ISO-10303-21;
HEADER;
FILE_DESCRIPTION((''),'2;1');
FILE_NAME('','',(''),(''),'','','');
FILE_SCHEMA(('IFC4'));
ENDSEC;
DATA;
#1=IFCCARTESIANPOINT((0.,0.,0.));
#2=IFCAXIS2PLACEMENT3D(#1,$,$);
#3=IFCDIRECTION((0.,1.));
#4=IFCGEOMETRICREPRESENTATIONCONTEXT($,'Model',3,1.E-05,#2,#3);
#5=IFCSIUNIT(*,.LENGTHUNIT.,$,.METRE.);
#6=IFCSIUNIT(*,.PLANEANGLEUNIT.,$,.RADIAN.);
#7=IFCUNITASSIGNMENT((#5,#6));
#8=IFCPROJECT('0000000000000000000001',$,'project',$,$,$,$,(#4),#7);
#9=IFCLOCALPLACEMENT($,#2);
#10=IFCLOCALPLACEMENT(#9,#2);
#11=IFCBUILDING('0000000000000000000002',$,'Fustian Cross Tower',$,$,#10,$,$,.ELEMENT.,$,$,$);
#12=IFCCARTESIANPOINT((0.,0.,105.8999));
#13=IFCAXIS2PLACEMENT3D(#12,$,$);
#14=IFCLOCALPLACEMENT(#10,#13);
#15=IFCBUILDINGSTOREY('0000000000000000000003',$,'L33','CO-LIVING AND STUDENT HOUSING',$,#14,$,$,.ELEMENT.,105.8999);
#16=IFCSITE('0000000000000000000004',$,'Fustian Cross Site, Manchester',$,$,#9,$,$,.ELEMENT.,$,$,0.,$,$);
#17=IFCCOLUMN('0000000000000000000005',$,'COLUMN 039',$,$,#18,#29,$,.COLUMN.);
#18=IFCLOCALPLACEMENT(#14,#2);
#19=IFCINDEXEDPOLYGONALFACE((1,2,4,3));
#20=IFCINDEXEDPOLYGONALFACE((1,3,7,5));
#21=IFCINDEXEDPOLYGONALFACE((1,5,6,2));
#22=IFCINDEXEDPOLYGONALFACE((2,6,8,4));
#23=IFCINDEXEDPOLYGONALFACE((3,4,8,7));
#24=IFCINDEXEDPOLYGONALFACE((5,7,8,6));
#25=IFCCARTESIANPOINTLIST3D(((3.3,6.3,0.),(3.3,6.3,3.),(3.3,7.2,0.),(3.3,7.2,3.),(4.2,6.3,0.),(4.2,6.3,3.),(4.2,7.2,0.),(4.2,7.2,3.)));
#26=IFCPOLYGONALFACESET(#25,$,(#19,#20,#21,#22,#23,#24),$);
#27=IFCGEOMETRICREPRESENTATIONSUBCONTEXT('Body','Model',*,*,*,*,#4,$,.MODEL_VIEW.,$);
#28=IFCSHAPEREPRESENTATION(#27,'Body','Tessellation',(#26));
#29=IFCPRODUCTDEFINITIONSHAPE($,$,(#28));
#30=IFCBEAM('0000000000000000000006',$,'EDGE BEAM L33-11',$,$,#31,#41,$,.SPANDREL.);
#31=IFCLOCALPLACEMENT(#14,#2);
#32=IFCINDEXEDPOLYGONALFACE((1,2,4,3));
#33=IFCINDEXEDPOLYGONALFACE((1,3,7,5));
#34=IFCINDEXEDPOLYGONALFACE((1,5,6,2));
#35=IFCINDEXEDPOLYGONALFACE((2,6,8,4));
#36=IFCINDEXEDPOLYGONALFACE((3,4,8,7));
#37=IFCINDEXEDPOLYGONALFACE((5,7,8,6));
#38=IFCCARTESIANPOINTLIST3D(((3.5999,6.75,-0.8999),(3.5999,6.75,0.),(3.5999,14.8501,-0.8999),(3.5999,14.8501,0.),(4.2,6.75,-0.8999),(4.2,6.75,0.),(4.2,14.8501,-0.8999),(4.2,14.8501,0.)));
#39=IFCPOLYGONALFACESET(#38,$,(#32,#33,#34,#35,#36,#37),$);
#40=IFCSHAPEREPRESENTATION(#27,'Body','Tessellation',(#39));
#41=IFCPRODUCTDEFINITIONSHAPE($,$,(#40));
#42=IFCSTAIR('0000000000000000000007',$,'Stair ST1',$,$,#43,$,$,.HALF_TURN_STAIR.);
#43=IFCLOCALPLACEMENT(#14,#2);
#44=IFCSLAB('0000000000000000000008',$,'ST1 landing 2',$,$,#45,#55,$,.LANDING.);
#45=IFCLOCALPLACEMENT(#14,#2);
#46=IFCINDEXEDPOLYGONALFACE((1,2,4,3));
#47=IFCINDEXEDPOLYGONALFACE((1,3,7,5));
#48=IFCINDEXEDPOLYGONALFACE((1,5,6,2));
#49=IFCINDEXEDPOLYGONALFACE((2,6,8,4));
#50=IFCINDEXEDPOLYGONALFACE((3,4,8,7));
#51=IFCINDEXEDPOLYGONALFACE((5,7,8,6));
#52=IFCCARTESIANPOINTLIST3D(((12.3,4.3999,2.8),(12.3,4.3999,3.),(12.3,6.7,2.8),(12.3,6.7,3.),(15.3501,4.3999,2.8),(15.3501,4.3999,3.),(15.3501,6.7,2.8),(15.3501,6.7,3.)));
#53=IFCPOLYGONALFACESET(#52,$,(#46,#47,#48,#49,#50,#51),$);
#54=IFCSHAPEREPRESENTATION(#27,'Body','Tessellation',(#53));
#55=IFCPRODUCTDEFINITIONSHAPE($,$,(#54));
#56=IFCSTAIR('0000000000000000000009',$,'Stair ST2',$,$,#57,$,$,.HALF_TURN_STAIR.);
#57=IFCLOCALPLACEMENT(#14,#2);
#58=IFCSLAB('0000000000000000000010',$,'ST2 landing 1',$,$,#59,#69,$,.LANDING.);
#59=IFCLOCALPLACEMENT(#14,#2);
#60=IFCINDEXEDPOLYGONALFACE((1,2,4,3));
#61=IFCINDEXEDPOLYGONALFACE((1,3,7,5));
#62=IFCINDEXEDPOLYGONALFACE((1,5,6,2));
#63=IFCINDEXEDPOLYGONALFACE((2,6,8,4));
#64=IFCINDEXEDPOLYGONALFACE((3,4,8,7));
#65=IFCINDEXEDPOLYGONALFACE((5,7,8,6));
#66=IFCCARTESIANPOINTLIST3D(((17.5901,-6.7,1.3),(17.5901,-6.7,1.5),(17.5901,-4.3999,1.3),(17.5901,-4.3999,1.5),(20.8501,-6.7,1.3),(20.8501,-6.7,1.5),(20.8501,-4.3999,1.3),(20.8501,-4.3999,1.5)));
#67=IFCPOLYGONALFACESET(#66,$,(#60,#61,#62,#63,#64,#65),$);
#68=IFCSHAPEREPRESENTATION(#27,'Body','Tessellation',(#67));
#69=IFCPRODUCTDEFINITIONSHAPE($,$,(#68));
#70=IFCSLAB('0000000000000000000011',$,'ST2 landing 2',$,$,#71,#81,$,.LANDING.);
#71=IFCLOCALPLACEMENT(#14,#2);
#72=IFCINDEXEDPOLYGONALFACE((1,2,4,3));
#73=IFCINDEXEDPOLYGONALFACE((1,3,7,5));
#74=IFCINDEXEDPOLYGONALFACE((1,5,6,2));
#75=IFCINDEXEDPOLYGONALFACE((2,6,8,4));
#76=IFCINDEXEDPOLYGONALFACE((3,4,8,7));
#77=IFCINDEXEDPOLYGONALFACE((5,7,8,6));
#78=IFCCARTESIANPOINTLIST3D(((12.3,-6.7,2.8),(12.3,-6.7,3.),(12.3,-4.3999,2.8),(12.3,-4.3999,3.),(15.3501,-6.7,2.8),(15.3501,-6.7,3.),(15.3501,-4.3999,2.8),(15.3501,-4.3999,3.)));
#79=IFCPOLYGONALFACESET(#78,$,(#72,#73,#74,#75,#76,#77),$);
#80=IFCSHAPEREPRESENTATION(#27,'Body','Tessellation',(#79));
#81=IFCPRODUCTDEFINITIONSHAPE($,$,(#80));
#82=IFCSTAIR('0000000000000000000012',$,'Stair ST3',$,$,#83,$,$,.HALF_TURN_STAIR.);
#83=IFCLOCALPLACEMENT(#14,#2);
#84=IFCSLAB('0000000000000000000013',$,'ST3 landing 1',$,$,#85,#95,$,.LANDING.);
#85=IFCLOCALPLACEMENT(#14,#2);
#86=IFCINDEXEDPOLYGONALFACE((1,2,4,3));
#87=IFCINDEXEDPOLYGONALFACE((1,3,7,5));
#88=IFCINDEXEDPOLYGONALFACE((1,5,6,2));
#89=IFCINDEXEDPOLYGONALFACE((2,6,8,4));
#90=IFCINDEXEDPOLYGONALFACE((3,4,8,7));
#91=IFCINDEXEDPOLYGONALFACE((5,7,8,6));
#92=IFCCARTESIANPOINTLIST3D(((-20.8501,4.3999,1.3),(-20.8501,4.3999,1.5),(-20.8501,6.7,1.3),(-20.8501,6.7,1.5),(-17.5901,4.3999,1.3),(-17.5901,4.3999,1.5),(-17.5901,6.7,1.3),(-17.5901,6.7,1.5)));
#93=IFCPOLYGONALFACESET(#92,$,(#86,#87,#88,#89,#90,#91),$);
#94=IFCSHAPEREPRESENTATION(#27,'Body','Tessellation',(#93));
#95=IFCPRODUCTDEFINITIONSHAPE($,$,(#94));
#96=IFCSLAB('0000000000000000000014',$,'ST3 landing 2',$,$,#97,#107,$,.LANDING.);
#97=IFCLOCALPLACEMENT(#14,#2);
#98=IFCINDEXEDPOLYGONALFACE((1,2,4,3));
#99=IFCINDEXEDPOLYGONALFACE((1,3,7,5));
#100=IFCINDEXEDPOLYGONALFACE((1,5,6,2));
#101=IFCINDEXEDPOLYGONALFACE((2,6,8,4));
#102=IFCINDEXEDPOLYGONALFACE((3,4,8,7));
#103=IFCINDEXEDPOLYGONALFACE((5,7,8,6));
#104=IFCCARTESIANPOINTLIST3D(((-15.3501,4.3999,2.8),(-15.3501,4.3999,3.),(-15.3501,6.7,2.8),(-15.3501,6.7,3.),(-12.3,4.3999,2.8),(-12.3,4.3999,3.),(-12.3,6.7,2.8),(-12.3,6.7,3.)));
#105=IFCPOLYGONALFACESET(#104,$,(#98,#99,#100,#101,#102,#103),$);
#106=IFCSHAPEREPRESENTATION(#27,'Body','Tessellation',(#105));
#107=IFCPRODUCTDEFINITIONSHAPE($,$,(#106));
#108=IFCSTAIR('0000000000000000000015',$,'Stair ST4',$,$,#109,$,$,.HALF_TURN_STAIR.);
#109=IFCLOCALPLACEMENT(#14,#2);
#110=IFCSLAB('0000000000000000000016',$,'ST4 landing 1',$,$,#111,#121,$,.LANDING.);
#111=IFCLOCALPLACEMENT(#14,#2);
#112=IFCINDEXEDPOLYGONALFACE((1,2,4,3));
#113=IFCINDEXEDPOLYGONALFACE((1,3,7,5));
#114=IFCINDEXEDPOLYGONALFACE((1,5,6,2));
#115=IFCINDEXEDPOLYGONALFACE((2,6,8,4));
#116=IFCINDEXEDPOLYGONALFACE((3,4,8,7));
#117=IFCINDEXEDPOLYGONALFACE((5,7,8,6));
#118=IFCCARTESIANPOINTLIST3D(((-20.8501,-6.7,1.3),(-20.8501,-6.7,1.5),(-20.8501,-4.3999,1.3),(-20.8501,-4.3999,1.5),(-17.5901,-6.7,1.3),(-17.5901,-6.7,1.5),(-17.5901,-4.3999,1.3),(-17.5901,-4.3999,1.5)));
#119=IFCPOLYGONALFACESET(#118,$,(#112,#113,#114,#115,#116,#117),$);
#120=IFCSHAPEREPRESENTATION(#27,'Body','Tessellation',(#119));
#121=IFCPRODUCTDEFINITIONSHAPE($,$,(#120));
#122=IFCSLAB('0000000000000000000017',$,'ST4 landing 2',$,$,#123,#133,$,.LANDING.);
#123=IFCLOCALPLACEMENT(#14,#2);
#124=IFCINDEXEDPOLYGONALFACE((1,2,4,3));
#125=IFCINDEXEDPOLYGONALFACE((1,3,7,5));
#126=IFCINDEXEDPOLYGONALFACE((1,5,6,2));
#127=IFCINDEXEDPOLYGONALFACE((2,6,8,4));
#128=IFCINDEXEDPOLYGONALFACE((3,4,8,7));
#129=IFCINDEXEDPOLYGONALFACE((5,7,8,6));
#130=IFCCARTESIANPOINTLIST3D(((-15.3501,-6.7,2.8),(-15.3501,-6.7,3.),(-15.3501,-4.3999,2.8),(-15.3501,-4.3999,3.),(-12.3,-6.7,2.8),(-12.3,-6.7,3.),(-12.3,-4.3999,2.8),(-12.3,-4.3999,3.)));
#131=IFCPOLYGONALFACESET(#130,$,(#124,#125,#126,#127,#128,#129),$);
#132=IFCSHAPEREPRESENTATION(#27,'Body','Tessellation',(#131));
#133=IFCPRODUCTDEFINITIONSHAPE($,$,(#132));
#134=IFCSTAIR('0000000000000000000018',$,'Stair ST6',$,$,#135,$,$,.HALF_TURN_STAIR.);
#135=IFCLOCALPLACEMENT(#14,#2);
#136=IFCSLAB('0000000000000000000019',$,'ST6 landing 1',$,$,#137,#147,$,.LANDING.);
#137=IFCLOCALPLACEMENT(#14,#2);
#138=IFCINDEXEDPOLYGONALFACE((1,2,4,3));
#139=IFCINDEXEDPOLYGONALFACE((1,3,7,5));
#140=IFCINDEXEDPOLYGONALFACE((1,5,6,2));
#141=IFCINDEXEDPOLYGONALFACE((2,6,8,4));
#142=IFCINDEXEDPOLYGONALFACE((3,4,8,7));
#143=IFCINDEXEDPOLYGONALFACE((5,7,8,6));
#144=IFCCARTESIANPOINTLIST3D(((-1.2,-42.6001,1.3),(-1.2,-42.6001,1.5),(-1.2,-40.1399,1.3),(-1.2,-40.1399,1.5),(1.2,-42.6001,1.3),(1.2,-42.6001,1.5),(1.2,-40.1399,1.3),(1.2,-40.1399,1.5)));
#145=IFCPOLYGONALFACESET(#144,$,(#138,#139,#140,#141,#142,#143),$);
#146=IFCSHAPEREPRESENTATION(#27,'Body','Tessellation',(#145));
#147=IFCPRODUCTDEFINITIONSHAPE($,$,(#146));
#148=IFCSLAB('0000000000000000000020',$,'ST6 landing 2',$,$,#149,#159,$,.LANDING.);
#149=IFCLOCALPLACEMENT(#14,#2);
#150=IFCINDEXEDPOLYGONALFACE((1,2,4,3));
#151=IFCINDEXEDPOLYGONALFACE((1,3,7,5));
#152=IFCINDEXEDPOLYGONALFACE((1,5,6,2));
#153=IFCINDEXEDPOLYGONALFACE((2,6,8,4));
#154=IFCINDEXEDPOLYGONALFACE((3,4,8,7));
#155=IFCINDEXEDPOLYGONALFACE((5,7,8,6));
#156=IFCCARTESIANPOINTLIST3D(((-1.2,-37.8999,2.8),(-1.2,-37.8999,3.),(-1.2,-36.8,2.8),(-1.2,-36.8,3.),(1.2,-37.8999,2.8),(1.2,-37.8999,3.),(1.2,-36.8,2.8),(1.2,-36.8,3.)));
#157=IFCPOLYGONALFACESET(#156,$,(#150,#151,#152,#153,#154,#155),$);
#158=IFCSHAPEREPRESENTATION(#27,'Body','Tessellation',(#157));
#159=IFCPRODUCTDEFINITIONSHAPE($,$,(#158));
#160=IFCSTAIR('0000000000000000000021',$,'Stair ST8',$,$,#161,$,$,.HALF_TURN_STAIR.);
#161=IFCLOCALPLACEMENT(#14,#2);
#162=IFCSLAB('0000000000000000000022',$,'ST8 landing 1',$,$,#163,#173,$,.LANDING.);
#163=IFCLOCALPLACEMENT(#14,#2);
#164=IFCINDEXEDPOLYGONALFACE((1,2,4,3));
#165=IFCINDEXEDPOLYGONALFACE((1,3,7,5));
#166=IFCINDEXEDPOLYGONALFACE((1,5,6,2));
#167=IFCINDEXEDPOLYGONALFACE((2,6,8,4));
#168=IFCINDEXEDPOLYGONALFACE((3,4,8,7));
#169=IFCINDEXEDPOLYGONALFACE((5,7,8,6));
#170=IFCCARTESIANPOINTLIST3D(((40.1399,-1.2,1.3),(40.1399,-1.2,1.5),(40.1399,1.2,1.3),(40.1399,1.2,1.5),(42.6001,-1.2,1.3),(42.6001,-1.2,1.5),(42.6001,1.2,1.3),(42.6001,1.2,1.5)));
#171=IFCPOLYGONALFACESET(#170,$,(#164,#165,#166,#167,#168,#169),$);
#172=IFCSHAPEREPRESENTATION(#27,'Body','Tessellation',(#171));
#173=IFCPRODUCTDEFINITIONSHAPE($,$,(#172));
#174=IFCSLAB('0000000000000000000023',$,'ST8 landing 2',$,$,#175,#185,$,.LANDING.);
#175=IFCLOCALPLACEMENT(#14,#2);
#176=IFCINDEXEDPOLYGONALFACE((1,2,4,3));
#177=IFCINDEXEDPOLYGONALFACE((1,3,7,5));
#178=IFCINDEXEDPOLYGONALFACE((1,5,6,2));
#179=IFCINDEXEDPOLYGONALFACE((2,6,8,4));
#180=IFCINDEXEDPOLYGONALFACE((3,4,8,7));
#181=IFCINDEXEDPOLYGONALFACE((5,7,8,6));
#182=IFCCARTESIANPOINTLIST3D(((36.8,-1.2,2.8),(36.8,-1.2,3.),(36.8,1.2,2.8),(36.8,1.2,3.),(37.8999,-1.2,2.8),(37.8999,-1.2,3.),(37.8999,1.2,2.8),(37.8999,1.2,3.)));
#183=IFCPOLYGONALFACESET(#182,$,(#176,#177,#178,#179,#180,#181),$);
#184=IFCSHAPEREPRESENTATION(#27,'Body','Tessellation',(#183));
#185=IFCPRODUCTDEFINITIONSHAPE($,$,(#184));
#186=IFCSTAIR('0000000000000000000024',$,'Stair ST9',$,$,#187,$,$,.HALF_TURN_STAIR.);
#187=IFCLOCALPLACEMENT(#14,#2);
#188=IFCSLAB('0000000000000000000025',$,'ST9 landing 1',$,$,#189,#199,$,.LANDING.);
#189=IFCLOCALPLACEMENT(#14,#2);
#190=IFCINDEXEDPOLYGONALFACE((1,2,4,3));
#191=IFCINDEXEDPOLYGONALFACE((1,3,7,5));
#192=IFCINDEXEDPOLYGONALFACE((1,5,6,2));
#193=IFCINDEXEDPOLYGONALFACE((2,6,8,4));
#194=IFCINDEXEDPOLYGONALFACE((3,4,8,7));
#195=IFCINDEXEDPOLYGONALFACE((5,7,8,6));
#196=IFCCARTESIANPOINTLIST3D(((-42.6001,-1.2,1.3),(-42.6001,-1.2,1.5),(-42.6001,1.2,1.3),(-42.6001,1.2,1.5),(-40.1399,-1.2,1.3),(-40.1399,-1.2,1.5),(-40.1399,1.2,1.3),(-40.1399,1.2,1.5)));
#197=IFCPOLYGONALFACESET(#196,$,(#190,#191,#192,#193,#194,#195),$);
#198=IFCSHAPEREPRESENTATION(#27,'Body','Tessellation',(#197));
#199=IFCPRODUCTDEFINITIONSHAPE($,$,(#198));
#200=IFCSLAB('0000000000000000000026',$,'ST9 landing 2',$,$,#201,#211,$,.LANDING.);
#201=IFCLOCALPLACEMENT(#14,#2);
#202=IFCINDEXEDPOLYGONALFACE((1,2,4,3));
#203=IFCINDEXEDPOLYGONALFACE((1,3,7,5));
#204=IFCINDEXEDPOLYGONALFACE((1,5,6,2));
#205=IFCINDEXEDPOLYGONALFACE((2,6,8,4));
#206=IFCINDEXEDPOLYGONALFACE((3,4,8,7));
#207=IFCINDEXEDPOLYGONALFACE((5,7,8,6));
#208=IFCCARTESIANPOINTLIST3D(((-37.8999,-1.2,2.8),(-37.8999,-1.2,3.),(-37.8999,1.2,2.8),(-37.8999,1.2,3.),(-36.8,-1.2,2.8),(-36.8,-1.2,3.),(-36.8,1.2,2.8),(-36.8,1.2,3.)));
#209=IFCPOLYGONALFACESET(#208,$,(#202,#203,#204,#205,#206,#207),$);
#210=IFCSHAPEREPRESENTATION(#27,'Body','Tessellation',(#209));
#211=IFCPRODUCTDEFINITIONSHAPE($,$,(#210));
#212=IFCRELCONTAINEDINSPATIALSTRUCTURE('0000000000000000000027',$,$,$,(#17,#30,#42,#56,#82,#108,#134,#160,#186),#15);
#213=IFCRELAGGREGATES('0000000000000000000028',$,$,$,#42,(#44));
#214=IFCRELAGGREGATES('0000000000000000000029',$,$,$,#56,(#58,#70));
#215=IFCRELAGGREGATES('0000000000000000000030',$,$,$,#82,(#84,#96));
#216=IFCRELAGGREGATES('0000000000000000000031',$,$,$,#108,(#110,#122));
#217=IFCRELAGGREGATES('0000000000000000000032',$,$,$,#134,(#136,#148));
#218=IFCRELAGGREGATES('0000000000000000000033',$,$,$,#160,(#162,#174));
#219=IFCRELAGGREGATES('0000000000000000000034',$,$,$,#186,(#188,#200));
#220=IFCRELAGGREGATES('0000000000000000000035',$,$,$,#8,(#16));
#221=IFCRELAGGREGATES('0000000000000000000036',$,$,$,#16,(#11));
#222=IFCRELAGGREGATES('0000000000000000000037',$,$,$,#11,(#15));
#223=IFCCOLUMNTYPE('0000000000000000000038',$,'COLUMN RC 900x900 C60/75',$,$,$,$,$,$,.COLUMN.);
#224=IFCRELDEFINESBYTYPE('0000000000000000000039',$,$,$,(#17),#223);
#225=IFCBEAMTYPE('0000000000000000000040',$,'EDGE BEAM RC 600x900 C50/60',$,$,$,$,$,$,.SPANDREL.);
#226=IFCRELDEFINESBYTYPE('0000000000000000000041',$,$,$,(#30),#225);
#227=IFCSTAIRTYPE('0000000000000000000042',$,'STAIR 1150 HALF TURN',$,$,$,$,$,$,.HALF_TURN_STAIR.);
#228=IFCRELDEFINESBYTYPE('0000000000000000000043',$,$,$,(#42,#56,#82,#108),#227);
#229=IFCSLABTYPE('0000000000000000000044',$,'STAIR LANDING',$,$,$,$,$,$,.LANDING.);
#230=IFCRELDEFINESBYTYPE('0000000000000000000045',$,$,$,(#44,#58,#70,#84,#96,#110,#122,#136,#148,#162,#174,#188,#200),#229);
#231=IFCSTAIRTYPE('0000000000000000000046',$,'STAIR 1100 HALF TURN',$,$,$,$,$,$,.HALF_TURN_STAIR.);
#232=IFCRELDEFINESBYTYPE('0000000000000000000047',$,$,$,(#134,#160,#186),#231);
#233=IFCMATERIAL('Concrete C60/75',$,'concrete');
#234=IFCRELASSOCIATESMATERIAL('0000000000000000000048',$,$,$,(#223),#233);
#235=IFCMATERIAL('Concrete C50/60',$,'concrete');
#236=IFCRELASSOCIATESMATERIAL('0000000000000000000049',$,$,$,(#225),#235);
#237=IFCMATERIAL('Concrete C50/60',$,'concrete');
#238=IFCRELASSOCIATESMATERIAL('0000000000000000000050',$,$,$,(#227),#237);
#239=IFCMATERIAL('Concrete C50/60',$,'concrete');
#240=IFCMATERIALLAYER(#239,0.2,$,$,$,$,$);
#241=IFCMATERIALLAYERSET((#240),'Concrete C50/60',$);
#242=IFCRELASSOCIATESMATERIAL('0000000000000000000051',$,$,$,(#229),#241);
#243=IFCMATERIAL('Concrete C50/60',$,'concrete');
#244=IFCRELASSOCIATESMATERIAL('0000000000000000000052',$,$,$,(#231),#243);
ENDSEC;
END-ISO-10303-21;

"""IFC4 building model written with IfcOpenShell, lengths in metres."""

from ifc_helpers import new_model, si_unit, direction, frame, origin, origin_2d, place, context, subcontext, project, spatial, polyline, rectangle, outline, extrude, material, layer, layer_set, material_profile, profile_set, type_object, element, aggregate, save


model = new_model("IFC4")

# Units and contexts
model_context = context("Model", 3, precision=1e-05, world=origin(), true_north=direction((0.0, 1.0)))
body_context = subcontext(model_context, "Body", "Model", "MODEL_VIEW")
ifc_project = project(units=[si_unit("LENGTHUNIT", "METRE"), si_unit("PLANEANGLEUNIT", "RADIAN")], contexts=[model_context])

# Site, building, storey
site_placement = place(None, origin())
site = spatial("IfcSite", under=ifc_project, at=site_placement, Name="Fustian Cross Site, Manchester", CompositionType="ELEMENT", RefElevation=0.0)
building_placement = place(site_placement, origin())
building = spatial("IfcBuilding", under=site, at=building_placement, Name="Fustian Cross Tower", CompositionType="ELEMENT")
storey_placement = place(building_placement, frame((0.0, 0.0, 105.8999)))
storey = spatial("IfcBuildingStorey", under=building, at=storey_placement, Name="L33", Description="CO-LIVING AND STUDENT HOUSING", CompositionType="ELEMENT", Elevation=105.8999)

# Column
ifc_material_1 = material(Name="Concrete C60/75", Category="concrete")
ifc_material_profile_1 = material_profile(ifc_material_1, rectangle(XDim=0.8999, YDim=0.8999, at=origin_2d()), Name="RC 900x900")
ifc_profile_set_1 = profile_set([ifc_material_profile_1], Name="Concrete C60/75")
column_type = type_object("IfcColumnType", Name="COLUMN RC 900x900 C60/75", PredefinedType="COLUMN", material=ifc_profile_set_1)
column_placement = place(storey_placement, frame((3.75, 6.75, 0.0), z_axis=(0.0, 0.0, 1.0), x_axis=(1.0, 0.0, 0.0)))
element("IfcColumn", 1, at=column_placement, inside=storey, type_object=column_type, Name="COLUMN 039", PredefinedType="COLUMN", context=body_context, shape_type="SweptSolid", body=[
    extrude(rectangle(XDim=0.8999, YDim=0.8999, at=origin_2d()), origin(), (0.0, 0.0, 1.0), 3.0),
])

# Beam
ifc_material_2 = material(Name="Concrete C50/60", Category="concrete")
ifc_material_profile_2 = material_profile(ifc_material_2, rectangle(XDim=0.6001, YDim=0.8999, at=origin_2d()), Name="RC 600x900")
ifc_profile_set_2 = profile_set([ifc_material_profile_2], Name="Concrete C50/60")
beam_type = type_object("IfcBeamType", Name="EDGE BEAM RC 600x900 C50/60", PredefinedType="SPANDREL", material=ifc_profile_set_2)
beam_placement = place(storey_placement, frame((3.8999, 6.75, -0.45), z_axis=(0.0, 1.0, 0.0), x_axis=(-1.0, 0.0, 0.0)))
element("IfcBeam", 2, at=beam_placement, inside=storey, type_object=beam_type, Name="EDGE BEAM L33-11", PredefinedType="SPANDREL", context=body_context, shape_type="SweptSolid", body=[
    extrude(rectangle(XDim=0.6001, YDim=0.8999, at=origin_2d()), origin(), (0.0, 0.0, 1.0), 8.1001),
])

# Stair, slab
ifc_material_3 = material(Name="Concrete C50/60", Category="concrete")
stair_type_1 = type_object("IfcStairType", Name="STAIR 1150 HALF TURN", PredefinedType="HALF_TURN_STAIR", material=ifc_material_3)
stair_1_placement = place(storey_placement, origin())
stair_1 = element("IfcStair", 3, at=stair_1_placement, inside=storey, type_object=stair_type_1, Name="Stair ST1", PredefinedType="HALF_TURN_STAIR")
ifc_material_4 = material(Name="Concrete C50/60", Category="concrete")
ifc_layer_1 = layer(ifc_material_4, 0.2)
ifc_layer_set_1 = layer_set([ifc_layer_1], Name="Concrete C50/60")
slab_type = type_object("IfcSlabType", Name="STAIR LANDING", PredefinedType="LANDING", material=ifc_layer_set_1)
slab_1_placement = place(storey_placement, frame((0.0, 0.0, 2.8)))
slab_1 = element("IfcSlab", 4, at=slab_1_placement, type_object=slab_type, Name="ST1 landing 2", PredefinedType="LANDING", context=body_context, shape_type="SweptSolid", body=[
    extrude(outline(polyline([(12.3, 4.3999), (15.3501, 4.3999), (15.3501, 6.7), (12.3, 6.7), (12.3, 4.3999)])), origin(), (0.0, 0.0, 1.0), 0.2),
])
aggregate(stair_1, [slab_1])

# Stairs, slabs
stair_2_placement = place(storey_placement, origin())
stair_2 = element("IfcStair", 5, at=stair_2_placement, inside=storey, type_object=stair_type_1, Name="Stair ST2", PredefinedType="HALF_TURN_STAIR")
slab_2_placement = place(storey_placement, frame((0.0, 0.0, 1.3)))
slab_2 = element("IfcSlab", 6, at=slab_2_placement, type_object=slab_type, Name="ST2 landing 1", PredefinedType="LANDING", context=body_context, shape_type="SweptSolid", body=[
    extrude(outline(polyline([(17.5901, -4.3999), (20.8501, -4.3999), (20.8501, -6.7), (17.5901, -6.7), (17.5901, -4.3999)])), origin(), (0.0, 0.0, 1.0), 0.2),
])
slab_3_placement = place(storey_placement, frame((0.0, 0.0, 2.8)))
slab_3 = element("IfcSlab", 7, at=slab_3_placement, type_object=slab_type, Name="ST2 landing 2", PredefinedType="LANDING", context=body_context, shape_type="SweptSolid", body=[
    extrude(outline(polyline([(12.3, -4.3999), (15.3501, -4.3999), (15.3501, -6.7), (12.3, -6.7), (12.3, -4.3999)])), origin(), (0.0, 0.0, 1.0), 0.2),
])
aggregate(stair_2, [slab_2, slab_3])
stair_3_placement = place(storey_placement, origin())
stair_3 = element("IfcStair", 8, at=stair_3_placement, inside=storey, type_object=stair_type_1, Name="Stair ST3", PredefinedType="HALF_TURN_STAIR")
slab_4_placement = place(storey_placement, frame((0.0, 0.0, 1.3)))
slab_4 = element("IfcSlab", 9, at=slab_4_placement, type_object=slab_type, Name="ST3 landing 1", PredefinedType="LANDING", context=body_context, shape_type="SweptSolid", body=[
    extrude(outline(polyline([(-17.5901, 4.3999), (-20.8501, 4.3999), (-20.8501, 6.7), (-17.5901, 6.7), (-17.5901, 4.3999)])), origin(), (0.0, 0.0, 1.0), 0.2),
])
slab_5_placement = place(storey_placement, frame((0.0, 0.0, 2.8)))
slab_5 = element("IfcSlab", 10, at=slab_5_placement, type_object=slab_type, Name="ST3 landing 2", PredefinedType="LANDING", context=body_context, shape_type="SweptSolid", body=[
    extrude(outline(polyline([(-12.3, 4.3999), (-15.3501, 4.3999), (-15.3501, 6.7), (-12.3, 6.7), (-12.3, 4.3999)])), origin(), (0.0, 0.0, 1.0), 0.2),
])
aggregate(stair_3, [slab_4, slab_5])
stair_4_placement = place(storey_placement, origin())
stair_4 = element("IfcStair", 11, at=stair_4_placement, inside=storey, type_object=stair_type_1, Name="Stair ST4", PredefinedType="HALF_TURN_STAIR")
slab_6_placement = place(storey_placement, frame((0.0, 0.0, 1.3)))
slab_6 = element("IfcSlab", 12, at=slab_6_placement, type_object=slab_type, Name="ST4 landing 1", PredefinedType="LANDING", context=body_context, shape_type="SweptSolid", body=[
    extrude(outline(polyline([(-17.5901, -4.3999), (-20.8501, -4.3999), (-20.8501, -6.7), (-17.5901, -6.7), (-17.5901, -4.3999)])), origin(), (0.0, 0.0, 1.0), 0.2),
])
slab_7_placement = place(storey_placement, frame((0.0, 0.0, 2.8)))
slab_7 = element("IfcSlab", 13, at=slab_7_placement, type_object=slab_type, Name="ST4 landing 2", PredefinedType="LANDING", context=body_context, shape_type="SweptSolid", body=[
    extrude(outline(polyline([(-12.3, -4.3999), (-15.3501, -4.3999), (-15.3501, -6.7), (-12.3, -6.7), (-12.3, -4.3999)])), origin(), (0.0, 0.0, 1.0), 0.2),
])
aggregate(stair_4, [slab_6, slab_7])
ifc_material_5 = material(Name="Concrete C50/60", Category="concrete")
stair_type_2 = type_object("IfcStairType", Name="STAIR 1100 HALF TURN", PredefinedType="HALF_TURN_STAIR", material=ifc_material_5)
stair_5_placement = place(storey_placement, origin())
stair_5 = element("IfcStair", 14, at=stair_5_placement, inside=storey, type_object=stair_type_2, Name="Stair ST6", PredefinedType="HALF_TURN_STAIR")
slab_8_placement = place(storey_placement, frame((0.0, 0.0, 1.3)))
slab_8 = element("IfcSlab", 15, at=slab_8_placement, type_object=slab_type, Name="ST6 landing 1", PredefinedType="LANDING", context=body_context, shape_type="SweptSolid", body=[
    extrude(outline(polyline([(-1.2, -40.1399), (-1.2, -42.6001), (1.2, -42.6001), (1.2, -40.1399), (-1.2, -40.1399)])), origin(), (0.0, 0.0, 1.0), 0.2),
])
slab_9_placement = place(storey_placement, frame((0.0, 0.0, 2.8)))
slab_9 = element("IfcSlab", 16, at=slab_9_placement, type_object=slab_type, Name="ST6 landing 2", PredefinedType="LANDING", context=body_context, shape_type="SweptSolid", body=[
    extrude(outline(polyline([(-1.2, -36.8), (-1.2, -37.8999), (1.2, -37.8999), (1.2, -36.8), (-1.2, -36.8)])), origin(), (0.0, 0.0, 1.0), 0.2),
])
aggregate(stair_5, [slab_8, slab_9])
stair_6_placement = place(storey_placement, origin())
stair_6 = element("IfcStair", 17, at=stair_6_placement, inside=storey, type_object=stair_type_2, Name="Stair ST8", PredefinedType="HALF_TURN_STAIR")
slab_10_placement = place(storey_placement, frame((0.0, 0.0, 1.3)))
slab_10 = element("IfcSlab", 18, at=slab_10_placement, type_object=slab_type, Name="ST8 landing 1", PredefinedType="LANDING", context=body_context, shape_type="SweptSolid", body=[
    extrude(outline(polyline([(40.1399, -1.2), (42.6001, -1.2), (42.6001, 1.2), (40.1399, 1.2), (40.1399, -1.2)])), origin(), (0.0, 0.0, 1.0), 0.2),
])
slab_11_placement = place(storey_placement, frame((0.0, 0.0, 2.8)))
slab_11 = element("IfcSlab", 19, at=slab_11_placement, type_object=slab_type, Name="ST8 landing 2", PredefinedType="LANDING", context=body_context, shape_type="SweptSolid", body=[
    extrude(outline(polyline([(36.8, -1.2), (37.8999, -1.2), (37.8999, 1.2), (36.8, 1.2), (36.8, -1.2)])), origin(), (0.0, 0.0, 1.0), 0.2),
])
aggregate(stair_6, [slab_10, slab_11])
stair_7_placement = place(storey_placement, origin())
stair_7 = element("IfcStair", 20, at=stair_7_placement, inside=storey, type_object=stair_type_2, Name="Stair ST9", PredefinedType="HALF_TURN_STAIR")
slab_12_placement = place(storey_placement, frame((0.0, 0.0, 1.3)))
slab_12 = element("IfcSlab", 21, at=slab_12_placement, type_object=slab_type, Name="ST9 landing 1", PredefinedType="LANDING", context=body_context, shape_type="SweptSolid", body=[
    extrude(outline(polyline([(-40.1399, -1.2), (-42.6001, -1.2), (-42.6001, 1.2), (-40.1399, 1.2), (-40.1399, -1.2)])), origin(), (0.0, 0.0, 1.0), 0.2),
])
slab_13_placement = place(storey_placement, frame((0.0, 0.0, 2.8)))
slab_13 = element("IfcSlab", 22, at=slab_13_placement, type_object=slab_type, Name="ST9 landing 2", PredefinedType="LANDING", context=body_context, shape_type="SweptSolid", body=[
    extrude(outline(polyline([(-36.8, -1.2), (-37.8999, -1.2), (-37.8999, 1.2), (-36.8, 1.2), (-36.8, -1.2)])), origin(), (0.0, 0.0, 1.0), 0.2),
])
aggregate(stair_7, [slab_12, slab_13])

save(model, "model.ifc")
